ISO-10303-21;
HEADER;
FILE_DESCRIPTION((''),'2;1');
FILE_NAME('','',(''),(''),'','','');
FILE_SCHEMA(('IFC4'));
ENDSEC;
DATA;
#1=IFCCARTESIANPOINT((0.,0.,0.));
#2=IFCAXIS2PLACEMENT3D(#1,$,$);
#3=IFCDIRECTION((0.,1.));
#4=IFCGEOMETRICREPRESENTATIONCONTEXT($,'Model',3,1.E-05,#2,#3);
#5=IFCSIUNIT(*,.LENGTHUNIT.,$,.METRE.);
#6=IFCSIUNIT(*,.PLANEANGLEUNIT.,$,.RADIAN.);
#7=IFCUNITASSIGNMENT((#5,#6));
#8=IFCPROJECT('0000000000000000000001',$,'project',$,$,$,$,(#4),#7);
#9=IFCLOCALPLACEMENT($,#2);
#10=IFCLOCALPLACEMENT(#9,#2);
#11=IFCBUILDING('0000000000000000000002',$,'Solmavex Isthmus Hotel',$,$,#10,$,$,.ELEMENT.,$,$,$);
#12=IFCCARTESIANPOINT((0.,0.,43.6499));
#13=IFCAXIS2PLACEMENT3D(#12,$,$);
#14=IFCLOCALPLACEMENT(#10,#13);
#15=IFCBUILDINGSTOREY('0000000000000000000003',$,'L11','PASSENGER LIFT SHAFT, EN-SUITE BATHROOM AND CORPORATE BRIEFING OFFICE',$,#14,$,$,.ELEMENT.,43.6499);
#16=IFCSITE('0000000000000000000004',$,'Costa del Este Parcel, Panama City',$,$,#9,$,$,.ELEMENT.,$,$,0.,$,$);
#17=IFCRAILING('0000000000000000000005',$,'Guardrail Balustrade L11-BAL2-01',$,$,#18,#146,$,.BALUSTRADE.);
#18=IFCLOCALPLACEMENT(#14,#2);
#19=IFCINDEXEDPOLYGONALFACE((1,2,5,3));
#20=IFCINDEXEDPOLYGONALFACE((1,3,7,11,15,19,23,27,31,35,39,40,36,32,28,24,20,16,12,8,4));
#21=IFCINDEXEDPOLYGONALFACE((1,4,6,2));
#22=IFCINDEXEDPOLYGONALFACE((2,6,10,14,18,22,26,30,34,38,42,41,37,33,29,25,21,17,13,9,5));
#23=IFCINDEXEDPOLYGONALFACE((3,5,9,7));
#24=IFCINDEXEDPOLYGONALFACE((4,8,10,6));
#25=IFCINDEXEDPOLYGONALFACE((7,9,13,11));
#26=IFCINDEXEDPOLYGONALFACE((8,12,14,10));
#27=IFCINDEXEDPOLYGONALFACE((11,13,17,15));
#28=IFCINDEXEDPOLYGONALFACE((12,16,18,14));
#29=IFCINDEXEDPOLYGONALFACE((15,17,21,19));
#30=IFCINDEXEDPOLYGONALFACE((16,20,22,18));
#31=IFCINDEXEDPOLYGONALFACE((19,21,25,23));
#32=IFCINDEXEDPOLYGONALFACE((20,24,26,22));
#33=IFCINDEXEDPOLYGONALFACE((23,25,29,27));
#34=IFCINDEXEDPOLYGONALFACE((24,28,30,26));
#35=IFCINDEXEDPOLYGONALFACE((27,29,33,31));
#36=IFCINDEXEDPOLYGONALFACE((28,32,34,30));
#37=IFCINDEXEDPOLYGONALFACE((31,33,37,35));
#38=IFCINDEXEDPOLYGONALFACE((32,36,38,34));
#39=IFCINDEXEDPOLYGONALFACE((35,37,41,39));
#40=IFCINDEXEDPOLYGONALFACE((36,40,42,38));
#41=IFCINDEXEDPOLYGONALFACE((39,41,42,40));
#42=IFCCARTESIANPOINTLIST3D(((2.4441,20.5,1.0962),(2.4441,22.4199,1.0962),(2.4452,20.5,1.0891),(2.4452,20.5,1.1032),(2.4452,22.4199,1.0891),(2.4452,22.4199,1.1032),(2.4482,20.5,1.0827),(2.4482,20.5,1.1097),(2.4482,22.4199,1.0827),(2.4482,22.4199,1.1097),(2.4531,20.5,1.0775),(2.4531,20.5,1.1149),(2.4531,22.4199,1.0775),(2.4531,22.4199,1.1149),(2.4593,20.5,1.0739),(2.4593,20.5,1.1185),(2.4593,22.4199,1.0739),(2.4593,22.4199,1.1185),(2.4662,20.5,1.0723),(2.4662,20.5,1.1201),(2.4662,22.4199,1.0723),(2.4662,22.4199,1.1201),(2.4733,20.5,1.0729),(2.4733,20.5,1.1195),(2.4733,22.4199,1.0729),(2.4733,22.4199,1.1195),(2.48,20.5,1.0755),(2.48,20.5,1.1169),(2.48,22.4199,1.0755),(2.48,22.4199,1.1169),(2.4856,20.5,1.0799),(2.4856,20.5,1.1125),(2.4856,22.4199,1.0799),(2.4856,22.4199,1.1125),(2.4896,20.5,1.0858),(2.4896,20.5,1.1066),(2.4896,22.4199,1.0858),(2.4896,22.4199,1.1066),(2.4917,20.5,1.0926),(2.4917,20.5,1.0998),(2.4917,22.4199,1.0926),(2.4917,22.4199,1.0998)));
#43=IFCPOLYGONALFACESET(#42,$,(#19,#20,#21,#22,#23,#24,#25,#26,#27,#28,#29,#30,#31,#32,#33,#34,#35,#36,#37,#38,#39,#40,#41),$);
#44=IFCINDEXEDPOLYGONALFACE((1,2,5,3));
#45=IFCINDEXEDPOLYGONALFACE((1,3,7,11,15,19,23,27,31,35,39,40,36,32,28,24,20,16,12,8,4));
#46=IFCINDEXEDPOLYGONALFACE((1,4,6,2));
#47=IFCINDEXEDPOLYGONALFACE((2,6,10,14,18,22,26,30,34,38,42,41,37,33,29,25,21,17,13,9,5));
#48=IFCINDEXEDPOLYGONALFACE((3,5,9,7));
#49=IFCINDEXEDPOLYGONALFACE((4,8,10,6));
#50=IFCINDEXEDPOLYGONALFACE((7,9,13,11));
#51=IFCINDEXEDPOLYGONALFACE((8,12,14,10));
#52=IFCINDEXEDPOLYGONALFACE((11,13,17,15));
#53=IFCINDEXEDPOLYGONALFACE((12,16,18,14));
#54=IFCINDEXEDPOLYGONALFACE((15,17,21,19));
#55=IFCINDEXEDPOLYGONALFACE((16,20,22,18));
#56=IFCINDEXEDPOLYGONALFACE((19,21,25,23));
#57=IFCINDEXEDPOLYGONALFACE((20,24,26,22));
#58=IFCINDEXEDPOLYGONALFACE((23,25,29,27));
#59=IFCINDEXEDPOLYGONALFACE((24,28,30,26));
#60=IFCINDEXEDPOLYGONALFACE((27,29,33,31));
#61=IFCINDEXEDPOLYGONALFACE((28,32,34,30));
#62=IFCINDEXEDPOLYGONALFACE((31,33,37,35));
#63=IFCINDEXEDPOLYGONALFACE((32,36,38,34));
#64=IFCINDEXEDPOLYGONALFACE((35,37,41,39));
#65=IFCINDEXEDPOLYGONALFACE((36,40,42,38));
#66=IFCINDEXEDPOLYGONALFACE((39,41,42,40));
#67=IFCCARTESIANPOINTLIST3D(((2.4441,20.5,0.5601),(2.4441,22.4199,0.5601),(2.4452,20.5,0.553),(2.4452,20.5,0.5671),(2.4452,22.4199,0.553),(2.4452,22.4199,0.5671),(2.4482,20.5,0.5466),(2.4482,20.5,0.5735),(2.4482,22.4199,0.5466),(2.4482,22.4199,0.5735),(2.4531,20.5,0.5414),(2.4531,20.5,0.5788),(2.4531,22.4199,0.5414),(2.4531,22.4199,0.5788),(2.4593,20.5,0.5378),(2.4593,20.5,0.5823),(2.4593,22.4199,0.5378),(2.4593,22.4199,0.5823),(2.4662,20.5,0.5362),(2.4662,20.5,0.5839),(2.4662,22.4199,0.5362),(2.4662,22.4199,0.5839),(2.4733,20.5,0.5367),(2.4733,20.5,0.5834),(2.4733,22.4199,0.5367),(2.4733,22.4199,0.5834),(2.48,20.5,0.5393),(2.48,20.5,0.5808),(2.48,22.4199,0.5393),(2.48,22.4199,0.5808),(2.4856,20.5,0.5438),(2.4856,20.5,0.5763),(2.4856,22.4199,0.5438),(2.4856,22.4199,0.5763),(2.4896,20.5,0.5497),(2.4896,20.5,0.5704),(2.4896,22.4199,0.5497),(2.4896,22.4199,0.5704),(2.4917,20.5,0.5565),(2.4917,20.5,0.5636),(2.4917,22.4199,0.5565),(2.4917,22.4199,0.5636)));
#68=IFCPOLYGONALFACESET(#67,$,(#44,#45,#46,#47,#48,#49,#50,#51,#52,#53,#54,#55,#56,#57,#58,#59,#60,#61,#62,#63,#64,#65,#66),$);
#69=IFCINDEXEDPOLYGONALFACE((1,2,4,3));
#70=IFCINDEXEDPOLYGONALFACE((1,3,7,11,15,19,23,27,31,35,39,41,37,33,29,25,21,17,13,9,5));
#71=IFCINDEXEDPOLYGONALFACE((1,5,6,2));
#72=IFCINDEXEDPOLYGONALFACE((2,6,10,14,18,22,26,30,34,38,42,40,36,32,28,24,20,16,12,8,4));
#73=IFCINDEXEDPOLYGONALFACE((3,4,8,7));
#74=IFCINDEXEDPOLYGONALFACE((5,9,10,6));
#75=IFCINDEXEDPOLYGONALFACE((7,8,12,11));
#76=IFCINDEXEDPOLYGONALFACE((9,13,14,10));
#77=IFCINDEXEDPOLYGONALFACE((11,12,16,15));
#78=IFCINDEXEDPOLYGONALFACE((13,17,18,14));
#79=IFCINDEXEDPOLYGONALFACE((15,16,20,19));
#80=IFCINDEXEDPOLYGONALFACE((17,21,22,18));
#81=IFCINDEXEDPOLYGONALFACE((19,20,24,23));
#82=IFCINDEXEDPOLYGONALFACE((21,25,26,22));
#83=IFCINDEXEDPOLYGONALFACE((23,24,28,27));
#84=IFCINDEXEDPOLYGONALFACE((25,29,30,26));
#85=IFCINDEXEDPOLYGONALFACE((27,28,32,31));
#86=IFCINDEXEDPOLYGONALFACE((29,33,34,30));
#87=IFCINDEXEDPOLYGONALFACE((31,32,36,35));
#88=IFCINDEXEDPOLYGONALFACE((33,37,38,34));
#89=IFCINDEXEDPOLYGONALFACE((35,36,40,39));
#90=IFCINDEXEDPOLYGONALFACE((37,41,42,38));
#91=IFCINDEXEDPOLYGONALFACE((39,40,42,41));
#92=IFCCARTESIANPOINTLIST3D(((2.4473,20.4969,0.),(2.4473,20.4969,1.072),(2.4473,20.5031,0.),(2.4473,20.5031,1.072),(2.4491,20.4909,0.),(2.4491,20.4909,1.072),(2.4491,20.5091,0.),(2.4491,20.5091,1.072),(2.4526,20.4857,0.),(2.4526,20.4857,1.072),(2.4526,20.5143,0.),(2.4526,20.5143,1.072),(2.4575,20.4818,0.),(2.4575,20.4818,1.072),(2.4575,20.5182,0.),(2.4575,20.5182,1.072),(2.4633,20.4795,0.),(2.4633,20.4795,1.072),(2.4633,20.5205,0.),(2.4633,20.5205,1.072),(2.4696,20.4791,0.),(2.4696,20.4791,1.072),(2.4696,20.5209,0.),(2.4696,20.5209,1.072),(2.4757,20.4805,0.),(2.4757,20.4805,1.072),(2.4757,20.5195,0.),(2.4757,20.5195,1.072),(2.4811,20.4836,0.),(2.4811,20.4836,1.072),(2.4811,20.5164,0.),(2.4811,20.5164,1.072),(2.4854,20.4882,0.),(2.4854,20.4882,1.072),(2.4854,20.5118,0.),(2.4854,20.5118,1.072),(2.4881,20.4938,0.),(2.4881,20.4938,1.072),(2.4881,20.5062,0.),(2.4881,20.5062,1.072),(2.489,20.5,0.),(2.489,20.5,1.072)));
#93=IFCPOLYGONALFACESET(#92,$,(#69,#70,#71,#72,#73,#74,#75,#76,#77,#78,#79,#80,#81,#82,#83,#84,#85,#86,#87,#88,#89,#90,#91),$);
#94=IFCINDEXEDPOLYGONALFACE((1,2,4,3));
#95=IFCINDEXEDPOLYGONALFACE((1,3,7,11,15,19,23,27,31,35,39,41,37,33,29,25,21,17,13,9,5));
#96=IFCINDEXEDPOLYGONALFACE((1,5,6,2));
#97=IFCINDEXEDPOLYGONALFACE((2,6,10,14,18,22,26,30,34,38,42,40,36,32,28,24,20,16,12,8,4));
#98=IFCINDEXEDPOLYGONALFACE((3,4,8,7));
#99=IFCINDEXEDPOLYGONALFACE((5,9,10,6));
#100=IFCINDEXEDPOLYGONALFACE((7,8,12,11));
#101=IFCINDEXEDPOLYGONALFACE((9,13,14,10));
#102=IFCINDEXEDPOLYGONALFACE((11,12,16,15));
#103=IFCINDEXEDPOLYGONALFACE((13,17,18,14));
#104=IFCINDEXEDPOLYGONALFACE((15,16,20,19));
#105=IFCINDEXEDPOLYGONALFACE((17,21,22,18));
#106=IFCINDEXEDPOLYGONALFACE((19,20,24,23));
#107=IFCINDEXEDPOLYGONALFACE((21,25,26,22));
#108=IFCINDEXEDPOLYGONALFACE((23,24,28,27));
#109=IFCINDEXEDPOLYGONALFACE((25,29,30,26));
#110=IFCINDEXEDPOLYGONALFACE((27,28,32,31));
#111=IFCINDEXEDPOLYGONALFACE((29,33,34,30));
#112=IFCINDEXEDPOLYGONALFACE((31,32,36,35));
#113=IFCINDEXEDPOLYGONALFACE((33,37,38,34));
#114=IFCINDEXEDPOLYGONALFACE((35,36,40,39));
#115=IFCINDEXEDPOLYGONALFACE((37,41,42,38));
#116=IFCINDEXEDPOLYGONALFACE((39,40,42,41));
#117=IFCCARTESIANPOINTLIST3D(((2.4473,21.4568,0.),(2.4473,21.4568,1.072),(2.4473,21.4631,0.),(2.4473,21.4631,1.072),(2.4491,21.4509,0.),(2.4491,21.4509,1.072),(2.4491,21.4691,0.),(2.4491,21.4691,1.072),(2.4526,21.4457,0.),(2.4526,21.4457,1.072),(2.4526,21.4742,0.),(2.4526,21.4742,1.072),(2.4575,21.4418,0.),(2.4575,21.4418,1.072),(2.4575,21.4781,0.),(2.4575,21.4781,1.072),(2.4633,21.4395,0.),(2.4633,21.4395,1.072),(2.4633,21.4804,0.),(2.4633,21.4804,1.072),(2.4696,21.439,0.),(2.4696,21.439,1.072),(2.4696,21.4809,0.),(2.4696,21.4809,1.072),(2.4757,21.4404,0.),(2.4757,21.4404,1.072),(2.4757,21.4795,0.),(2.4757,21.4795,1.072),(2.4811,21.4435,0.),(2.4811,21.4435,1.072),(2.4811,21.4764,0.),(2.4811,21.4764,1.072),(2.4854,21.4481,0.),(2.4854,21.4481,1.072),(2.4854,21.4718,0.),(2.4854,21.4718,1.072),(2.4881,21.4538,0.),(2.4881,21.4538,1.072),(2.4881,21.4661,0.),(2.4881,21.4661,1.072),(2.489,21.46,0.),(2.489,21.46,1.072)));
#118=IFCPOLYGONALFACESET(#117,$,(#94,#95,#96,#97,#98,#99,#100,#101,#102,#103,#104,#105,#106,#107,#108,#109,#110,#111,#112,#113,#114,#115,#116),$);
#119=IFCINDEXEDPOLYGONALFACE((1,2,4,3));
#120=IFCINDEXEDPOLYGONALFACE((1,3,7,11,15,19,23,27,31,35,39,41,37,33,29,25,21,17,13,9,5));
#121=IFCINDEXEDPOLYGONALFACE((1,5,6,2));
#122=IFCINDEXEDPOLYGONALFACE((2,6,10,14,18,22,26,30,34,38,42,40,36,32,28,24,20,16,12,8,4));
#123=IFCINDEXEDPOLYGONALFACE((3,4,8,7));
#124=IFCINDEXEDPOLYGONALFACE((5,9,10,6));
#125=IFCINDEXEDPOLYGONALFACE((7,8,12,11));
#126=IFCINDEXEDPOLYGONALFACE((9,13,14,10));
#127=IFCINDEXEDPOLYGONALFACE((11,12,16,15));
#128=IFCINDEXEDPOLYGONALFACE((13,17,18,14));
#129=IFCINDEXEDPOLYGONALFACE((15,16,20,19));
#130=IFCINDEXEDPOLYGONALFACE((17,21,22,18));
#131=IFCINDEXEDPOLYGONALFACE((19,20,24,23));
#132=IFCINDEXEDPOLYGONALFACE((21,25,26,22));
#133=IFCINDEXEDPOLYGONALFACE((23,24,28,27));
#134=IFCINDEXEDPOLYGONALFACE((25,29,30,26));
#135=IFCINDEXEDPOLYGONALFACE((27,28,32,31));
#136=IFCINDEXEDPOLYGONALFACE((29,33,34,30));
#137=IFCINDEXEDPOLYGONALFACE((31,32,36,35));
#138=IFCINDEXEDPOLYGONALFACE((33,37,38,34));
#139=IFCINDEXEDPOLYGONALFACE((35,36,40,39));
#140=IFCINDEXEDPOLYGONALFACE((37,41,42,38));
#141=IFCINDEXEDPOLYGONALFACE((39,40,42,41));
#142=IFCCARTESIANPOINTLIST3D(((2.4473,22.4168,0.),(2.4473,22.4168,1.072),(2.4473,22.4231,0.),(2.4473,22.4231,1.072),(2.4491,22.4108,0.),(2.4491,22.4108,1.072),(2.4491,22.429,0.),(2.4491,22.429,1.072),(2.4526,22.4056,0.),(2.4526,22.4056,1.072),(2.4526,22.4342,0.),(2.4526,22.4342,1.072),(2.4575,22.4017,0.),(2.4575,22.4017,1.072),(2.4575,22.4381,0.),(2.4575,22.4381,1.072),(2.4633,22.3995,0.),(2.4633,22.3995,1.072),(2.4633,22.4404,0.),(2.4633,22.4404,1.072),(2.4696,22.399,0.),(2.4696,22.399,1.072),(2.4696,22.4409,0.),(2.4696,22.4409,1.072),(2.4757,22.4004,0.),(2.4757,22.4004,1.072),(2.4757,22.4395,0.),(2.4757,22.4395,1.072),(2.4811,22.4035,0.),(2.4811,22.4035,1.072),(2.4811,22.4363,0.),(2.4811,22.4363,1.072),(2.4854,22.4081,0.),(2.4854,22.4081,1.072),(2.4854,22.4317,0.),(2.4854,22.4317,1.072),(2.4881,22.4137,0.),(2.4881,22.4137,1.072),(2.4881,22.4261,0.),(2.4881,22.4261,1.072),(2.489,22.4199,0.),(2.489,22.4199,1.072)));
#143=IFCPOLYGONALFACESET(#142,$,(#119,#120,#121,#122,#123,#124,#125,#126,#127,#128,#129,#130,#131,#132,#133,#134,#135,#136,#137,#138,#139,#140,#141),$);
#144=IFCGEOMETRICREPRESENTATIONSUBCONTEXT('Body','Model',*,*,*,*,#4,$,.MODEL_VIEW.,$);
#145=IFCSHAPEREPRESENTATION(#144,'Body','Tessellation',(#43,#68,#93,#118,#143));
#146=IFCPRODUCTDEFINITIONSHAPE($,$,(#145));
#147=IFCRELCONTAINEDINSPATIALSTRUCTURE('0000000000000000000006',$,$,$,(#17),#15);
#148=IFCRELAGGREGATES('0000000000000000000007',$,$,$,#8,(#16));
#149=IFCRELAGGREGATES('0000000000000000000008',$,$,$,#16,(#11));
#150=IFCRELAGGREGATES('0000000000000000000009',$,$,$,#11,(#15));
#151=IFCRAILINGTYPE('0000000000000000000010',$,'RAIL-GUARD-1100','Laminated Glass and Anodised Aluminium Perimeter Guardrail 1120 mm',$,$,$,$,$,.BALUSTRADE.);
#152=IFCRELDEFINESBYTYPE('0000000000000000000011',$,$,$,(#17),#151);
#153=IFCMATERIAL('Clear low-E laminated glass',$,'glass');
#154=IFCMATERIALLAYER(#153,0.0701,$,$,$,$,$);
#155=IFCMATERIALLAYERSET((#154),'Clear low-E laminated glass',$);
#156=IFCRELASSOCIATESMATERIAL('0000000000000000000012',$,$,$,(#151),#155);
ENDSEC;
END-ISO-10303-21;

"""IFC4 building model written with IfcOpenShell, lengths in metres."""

from ifc_helpers import new_model, si_unit, direction, frame, origin, origin_2d, place, context, subcontext, project, spatial, circle, extrude, material, layer, layer_set, type_object, element, save


model = new_model("IFC4")

# Units and contexts
model_context = context("Model", 3, precision=1e-05, world=origin(), true_north=direction((0.0, 1.0)))
body_context = subcontext(model_context, "Body", "Model", "MODEL_VIEW")
ifc_project = project(units=[si_unit("LENGTHUNIT", "METRE"), si_unit("PLANEANGLEUNIT", "RADIAN")], contexts=[model_context])

# Site, building, storey
site_placement = place(None, origin())
site = spatial("IfcSite", under=ifc_project, at=site_placement, Name="Costa del Este Parcel, Panama City", CompositionType="ELEMENT", RefElevation=0.0)
building_placement = place(site_placement, origin())
building = spatial("IfcBuilding", under=site, at=building_placement, Name="Solmavex Isthmus Hotel", CompositionType="ELEMENT")
storey_placement = place(building_placement, frame((0.0, 0.0, 43.6499)))
storey = spatial("IfcBuildingStorey", under=building, at=storey_placement, Name="L11", Description="PASSENGER LIFT SHAFT, EN-SUITE BATHROOM AND CORPORATE BRIEFING OFFICE", CompositionType="ELEMENT", Elevation=43.6499)

# Shared definitions
ifc_material_1 = material(Name="Clear low-E laminated glass", Category="glass")

# Railing
ifc_layer_1 = layer(ifc_material_1, 0.0701)
ifc_layer_set_1 = layer_set([ifc_layer_1], Name="Clear low-E laminated glass")
railing_type = type_object("IfcRailingType", Name="RAIL-GUARD-1100", Description="Laminated Glass and Anodised Aluminium Perimeter Guardrail 1120 mm", PredefinedType="BALUSTRADE", material=ifc_layer_set_1)
railing_1_placement = place(storey_placement, frame((2.468, 20.5, 0.0)))
element("IfcRailing", 1, at=railing_1_placement, inside=storey, type_object=railing_type, Name="Guardrail Balustrade L11-BAL2-01", PredefinedType="BALUSTRADE", context=body_context, shape_type="SweptSolid", body=[
    extrude(circle(Radius=0.0239, at=origin_2d()), frame((0.0, 0.0, 1.0962), z_axis=(0.0, 1.0, 0.0), x_axis=(-1.0, 0.0, 0.0)), (0.0, 0.0, 1.0), 1.9199),
    extrude(circle(Radius=0.0239, at=origin_2d()), frame((0.0, 0.0, 0.5601), z_axis=(0.0, 1.0, 0.0), x_axis=(-1.0, 0.0, 0.0)), (0.0, 0.0, 1.0), 1.9199),
    extrude(circle(Radius=0.021, at=origin_2d()), origin(), (0.0, 0.0, 1.0), 1.072),
    extrude(circle(Radius=0.021, at=origin_2d()), frame((0.0, 0.96, 0.0)), (0.0, 0.0, 1.0), 1.072),
    extrude(circle(Radius=0.021, at=origin_2d()), frame((0.0, 1.9199, 0.0)), (0.0, 0.0, 1.0), 1.072),
])

save(model, "model.ifc")
